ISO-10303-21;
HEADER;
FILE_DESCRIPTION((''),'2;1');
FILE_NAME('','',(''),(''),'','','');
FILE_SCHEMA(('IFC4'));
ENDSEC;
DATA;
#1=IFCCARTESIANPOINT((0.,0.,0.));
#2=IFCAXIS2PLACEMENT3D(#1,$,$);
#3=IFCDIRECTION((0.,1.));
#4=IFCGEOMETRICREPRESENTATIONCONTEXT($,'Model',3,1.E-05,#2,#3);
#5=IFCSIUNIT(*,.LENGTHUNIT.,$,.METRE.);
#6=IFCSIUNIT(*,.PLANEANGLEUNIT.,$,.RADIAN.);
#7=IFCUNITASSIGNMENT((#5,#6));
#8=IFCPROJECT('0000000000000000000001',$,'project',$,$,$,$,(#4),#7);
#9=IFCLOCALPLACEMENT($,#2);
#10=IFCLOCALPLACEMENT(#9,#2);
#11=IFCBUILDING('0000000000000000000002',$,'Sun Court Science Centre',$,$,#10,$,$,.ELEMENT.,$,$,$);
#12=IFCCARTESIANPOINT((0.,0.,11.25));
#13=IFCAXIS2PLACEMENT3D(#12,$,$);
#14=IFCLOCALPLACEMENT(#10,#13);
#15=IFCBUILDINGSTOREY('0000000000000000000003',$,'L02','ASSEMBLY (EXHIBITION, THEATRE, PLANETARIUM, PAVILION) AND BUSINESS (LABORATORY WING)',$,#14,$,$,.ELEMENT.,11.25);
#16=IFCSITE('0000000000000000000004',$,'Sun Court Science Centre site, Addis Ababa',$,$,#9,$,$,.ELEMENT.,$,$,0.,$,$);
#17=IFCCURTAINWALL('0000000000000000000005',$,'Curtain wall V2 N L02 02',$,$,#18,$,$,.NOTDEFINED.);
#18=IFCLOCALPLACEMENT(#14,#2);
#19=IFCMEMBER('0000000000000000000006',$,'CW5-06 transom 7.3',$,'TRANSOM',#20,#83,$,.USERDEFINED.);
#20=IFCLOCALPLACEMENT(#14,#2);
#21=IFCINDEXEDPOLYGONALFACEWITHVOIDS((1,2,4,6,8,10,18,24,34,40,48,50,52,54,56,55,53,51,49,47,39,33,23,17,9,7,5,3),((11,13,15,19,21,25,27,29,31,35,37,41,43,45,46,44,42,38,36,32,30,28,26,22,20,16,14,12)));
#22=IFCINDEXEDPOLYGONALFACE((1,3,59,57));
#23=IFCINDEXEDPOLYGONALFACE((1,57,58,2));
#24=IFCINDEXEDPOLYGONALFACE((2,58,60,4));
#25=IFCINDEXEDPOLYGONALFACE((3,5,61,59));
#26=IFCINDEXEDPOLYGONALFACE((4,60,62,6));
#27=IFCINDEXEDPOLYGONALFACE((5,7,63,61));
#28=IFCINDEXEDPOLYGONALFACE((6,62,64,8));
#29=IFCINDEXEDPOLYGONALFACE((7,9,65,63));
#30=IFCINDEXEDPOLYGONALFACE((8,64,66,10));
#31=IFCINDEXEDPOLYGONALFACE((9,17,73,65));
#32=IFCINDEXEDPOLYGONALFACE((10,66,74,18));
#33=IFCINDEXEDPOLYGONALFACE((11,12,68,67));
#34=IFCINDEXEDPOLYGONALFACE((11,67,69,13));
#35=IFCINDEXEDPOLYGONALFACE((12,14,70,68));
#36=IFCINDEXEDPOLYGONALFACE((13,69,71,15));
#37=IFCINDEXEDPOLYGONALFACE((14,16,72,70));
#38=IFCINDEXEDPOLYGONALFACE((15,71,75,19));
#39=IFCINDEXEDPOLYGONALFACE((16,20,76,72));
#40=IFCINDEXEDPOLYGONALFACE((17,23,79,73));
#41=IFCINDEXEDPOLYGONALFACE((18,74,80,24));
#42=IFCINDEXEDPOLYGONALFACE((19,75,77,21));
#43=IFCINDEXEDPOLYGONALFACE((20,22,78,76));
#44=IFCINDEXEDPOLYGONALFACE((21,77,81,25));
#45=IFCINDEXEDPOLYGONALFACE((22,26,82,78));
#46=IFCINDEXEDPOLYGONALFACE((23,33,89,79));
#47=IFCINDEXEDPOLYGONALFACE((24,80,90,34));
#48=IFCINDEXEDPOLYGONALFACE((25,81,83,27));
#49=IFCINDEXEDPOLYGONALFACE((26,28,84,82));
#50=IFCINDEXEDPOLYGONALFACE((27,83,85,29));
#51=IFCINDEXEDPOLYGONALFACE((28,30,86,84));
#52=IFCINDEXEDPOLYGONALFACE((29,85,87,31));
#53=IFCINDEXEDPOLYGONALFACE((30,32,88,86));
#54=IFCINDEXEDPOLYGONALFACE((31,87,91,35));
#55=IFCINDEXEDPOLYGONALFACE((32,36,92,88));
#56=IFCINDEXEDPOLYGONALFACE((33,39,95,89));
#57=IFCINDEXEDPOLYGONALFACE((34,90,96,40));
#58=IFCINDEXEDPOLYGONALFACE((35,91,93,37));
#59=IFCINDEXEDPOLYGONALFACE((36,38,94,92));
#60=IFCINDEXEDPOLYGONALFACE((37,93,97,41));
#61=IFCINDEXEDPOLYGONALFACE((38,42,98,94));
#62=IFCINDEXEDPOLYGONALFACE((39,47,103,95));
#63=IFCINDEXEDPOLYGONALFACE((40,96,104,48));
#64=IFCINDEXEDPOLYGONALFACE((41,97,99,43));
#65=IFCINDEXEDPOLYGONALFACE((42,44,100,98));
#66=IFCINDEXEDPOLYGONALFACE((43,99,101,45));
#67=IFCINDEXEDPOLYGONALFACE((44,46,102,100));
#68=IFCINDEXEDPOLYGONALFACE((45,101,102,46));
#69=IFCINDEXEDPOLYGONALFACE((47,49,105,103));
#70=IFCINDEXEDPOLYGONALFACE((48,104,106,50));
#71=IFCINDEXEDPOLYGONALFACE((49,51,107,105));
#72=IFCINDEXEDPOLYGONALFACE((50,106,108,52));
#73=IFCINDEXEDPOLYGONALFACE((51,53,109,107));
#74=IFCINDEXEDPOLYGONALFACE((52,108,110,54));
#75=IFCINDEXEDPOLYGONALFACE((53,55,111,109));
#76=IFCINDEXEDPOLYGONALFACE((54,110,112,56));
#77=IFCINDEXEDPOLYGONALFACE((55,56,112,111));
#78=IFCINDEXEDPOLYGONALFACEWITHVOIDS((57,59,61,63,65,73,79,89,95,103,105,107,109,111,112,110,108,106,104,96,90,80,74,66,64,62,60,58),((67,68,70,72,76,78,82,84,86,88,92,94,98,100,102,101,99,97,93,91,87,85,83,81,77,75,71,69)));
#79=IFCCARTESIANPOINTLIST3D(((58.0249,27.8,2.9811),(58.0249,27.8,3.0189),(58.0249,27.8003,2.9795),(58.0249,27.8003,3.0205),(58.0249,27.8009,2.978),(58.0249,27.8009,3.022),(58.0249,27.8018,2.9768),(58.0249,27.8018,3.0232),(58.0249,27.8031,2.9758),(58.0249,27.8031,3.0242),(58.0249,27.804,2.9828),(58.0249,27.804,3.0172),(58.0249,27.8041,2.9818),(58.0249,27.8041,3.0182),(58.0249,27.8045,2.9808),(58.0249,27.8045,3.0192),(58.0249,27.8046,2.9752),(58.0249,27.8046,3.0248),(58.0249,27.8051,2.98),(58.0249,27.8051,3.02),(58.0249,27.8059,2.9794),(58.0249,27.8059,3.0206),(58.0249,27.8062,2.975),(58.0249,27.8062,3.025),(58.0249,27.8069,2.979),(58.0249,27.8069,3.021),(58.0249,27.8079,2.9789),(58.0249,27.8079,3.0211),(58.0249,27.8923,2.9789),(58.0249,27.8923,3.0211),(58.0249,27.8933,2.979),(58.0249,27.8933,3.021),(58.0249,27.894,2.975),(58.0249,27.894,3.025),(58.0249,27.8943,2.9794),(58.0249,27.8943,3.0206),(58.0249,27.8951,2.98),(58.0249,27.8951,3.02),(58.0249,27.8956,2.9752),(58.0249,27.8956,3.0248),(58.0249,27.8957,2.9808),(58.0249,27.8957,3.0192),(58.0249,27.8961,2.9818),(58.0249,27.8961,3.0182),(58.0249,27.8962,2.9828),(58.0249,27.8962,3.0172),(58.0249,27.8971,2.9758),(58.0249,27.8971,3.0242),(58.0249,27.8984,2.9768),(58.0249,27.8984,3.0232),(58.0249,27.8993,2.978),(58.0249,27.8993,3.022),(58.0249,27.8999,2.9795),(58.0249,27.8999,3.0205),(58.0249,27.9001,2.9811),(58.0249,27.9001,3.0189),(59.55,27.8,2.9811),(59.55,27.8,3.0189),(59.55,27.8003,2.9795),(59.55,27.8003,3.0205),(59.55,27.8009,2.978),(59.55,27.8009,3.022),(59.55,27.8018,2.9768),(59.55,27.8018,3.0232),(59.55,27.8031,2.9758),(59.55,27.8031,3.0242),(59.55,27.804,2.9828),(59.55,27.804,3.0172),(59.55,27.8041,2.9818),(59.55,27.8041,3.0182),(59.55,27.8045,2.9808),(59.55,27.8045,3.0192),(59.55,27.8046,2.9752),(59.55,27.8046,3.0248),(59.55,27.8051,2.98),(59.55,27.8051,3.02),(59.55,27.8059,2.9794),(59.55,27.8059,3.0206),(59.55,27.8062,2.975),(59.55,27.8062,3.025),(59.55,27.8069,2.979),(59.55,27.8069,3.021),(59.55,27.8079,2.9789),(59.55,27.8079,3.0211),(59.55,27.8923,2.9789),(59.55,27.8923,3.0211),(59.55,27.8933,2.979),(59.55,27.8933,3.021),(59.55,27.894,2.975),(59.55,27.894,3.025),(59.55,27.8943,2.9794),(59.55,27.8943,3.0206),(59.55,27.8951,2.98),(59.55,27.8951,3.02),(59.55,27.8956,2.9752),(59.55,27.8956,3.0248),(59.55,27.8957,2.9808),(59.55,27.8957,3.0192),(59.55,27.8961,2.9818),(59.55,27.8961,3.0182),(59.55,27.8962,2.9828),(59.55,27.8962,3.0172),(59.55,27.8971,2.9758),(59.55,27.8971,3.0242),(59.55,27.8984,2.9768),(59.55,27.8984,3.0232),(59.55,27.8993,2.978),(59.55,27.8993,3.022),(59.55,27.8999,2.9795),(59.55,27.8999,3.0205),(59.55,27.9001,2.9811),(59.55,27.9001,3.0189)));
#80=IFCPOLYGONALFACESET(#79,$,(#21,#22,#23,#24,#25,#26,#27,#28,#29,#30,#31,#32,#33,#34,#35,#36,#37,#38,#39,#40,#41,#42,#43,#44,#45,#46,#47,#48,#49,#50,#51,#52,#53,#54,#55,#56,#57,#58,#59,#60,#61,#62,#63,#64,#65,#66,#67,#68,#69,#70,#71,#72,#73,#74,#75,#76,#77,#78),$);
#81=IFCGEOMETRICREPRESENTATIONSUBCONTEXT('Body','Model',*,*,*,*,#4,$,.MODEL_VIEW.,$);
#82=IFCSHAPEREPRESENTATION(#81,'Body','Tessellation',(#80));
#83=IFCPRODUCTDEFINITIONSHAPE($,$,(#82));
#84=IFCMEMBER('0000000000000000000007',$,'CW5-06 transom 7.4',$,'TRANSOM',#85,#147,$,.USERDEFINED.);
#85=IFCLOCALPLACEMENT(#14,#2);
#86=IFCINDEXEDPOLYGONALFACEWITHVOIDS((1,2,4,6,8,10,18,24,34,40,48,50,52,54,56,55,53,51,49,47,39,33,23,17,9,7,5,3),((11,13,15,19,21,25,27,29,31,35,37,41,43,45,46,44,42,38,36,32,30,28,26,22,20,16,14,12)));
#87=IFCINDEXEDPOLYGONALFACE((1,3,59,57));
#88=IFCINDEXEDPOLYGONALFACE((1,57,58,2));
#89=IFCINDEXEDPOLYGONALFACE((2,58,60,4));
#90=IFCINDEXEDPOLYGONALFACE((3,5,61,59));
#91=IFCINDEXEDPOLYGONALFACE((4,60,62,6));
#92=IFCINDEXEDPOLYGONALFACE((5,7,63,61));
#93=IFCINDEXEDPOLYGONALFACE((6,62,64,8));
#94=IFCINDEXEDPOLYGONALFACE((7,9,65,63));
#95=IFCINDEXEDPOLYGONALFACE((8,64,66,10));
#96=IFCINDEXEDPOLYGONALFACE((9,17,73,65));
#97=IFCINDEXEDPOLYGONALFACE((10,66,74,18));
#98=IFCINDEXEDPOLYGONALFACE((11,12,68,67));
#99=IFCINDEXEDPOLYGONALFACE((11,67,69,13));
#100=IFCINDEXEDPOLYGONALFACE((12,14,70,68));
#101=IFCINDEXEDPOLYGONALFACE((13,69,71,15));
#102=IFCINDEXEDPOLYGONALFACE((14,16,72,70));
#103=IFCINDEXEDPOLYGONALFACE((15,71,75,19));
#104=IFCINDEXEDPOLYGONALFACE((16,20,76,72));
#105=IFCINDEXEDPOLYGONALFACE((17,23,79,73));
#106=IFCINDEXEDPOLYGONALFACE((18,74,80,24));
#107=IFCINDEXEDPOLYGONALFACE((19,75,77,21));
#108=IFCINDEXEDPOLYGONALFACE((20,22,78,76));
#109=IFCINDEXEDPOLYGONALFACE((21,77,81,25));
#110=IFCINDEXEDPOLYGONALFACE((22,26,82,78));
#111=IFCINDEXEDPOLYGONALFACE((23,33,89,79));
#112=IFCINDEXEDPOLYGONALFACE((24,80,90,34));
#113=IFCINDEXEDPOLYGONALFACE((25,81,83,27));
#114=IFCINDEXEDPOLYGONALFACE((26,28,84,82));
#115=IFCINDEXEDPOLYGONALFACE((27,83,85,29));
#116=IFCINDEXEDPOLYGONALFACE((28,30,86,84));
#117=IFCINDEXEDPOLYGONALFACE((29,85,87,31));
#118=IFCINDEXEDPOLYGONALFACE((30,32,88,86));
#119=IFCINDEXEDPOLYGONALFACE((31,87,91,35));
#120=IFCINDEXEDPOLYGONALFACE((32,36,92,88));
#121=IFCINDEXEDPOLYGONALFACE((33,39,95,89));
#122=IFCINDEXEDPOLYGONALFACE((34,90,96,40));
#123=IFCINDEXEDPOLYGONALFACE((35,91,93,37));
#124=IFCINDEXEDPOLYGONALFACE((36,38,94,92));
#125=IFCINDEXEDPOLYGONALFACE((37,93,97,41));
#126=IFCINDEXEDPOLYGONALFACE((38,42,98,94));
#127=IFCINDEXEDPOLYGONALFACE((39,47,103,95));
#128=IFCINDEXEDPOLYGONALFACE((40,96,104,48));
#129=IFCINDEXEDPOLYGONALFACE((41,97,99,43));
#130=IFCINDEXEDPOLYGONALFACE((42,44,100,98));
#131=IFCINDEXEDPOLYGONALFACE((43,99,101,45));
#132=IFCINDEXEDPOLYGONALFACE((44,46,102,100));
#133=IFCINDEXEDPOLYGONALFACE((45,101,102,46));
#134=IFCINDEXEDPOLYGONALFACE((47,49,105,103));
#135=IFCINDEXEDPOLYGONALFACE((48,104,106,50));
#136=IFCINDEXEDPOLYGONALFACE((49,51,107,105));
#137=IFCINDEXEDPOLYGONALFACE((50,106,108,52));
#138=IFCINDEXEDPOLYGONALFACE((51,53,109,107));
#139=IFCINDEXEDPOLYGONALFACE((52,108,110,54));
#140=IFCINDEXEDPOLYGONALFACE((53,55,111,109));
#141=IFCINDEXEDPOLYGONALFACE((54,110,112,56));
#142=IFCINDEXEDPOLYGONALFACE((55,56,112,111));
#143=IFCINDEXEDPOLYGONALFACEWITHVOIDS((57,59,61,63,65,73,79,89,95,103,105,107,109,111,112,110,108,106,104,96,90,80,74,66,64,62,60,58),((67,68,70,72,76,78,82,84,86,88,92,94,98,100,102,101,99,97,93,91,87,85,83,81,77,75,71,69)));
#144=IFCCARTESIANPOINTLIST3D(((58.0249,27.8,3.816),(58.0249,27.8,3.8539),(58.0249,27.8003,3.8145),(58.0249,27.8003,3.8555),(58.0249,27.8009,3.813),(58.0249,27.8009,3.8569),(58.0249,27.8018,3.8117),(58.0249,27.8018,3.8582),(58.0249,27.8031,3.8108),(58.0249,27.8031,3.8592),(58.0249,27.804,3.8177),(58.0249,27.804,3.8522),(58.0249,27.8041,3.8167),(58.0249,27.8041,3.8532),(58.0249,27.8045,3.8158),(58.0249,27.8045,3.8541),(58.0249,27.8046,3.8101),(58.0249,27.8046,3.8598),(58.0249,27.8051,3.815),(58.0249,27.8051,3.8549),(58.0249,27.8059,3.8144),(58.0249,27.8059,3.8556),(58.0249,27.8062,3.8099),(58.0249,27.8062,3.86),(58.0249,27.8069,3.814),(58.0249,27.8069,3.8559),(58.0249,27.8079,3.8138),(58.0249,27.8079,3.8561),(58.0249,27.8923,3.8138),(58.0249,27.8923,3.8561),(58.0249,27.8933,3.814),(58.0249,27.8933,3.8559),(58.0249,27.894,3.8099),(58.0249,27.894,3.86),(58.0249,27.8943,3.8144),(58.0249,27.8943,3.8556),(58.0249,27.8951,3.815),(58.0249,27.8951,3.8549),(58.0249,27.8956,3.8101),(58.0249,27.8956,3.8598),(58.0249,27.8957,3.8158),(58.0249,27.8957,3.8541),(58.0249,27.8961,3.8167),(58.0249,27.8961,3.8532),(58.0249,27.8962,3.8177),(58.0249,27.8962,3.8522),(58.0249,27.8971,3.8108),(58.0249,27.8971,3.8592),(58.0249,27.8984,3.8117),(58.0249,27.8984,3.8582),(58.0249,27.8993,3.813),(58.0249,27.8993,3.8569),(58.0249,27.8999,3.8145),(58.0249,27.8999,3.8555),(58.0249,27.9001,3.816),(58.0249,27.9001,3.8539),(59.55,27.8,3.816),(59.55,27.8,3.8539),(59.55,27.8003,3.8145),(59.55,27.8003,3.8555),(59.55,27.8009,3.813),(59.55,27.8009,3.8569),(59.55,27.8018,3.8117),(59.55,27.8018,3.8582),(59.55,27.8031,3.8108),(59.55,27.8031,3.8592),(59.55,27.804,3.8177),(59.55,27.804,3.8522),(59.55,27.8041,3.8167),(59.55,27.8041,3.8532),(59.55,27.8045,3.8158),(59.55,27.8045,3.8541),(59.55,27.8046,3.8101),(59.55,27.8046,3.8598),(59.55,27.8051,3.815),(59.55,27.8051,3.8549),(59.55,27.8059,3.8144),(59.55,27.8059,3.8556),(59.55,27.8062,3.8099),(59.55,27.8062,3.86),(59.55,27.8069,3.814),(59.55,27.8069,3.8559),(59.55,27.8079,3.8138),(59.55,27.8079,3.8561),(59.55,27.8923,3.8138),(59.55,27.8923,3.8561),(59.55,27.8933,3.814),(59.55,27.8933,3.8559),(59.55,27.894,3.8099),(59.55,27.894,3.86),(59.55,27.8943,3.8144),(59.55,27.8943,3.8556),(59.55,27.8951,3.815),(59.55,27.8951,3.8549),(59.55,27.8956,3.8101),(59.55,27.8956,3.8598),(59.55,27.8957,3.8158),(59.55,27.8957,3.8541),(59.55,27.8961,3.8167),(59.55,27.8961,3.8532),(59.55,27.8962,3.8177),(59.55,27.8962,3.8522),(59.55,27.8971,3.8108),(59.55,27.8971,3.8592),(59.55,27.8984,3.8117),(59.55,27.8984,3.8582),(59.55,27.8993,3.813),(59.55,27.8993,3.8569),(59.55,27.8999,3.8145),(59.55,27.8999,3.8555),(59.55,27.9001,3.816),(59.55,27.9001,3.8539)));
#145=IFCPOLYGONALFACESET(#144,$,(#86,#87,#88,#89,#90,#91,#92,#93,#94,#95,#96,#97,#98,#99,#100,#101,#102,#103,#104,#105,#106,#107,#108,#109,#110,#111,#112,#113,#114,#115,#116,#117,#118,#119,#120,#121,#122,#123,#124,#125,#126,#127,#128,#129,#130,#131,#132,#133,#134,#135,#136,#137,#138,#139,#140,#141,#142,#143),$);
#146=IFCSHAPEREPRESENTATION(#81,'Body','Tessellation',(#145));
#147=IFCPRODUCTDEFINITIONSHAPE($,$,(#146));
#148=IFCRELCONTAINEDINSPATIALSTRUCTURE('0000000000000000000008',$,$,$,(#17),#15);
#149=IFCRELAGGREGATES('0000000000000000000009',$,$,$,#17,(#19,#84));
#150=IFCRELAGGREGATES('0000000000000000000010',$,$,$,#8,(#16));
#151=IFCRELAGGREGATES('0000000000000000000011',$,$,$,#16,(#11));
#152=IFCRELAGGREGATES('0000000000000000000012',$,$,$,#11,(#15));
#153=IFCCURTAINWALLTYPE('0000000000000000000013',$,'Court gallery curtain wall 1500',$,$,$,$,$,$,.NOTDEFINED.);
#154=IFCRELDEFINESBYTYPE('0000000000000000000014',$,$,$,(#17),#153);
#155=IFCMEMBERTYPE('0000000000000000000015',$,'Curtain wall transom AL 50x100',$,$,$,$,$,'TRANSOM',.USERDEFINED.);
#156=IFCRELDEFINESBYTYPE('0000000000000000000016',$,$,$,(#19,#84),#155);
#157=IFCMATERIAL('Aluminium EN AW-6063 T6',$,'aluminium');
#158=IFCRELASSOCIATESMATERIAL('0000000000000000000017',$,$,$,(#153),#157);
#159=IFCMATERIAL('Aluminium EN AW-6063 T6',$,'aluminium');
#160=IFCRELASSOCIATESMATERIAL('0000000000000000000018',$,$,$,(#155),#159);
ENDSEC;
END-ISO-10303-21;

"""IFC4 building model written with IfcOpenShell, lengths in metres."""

from ifc_helpers import new_model, si_unit, direction, frame, origin, origin_2d, place, context, subcontext, project, spatial, hollow_rectangle, extrude, material, material_profile, profile_set, type_object, element, aggregate, save


model = new_model("IFC4")

# Units and contexts
model_context = context("Model", 3, precision=1e-05, world=origin(), true_north=direction((0.0, 1.0)))
body_context = subcontext(model_context, "Body", "Model", "MODEL_VIEW")
ifc_project = project(units=[si_unit("LENGTHUNIT", "METRE"), si_unit("PLANEANGLEUNIT", "RADIAN")], contexts=[model_context])

# Site, building, storey
site_placement = place(None, origin())
site = spatial("IfcSite", under=ifc_project, at=site_placement, Name="Sun Court Science Centre site, Addis Ababa", CompositionType="ELEMENT", RefElevation=0.0)
building_placement = place(site_placement, origin())
building = spatial("IfcBuilding", under=site, at=building_placement, Name="Sun Court Science Centre", CompositionType="ELEMENT")
storey_placement = place(building_placement, frame((0.0, 0.0, 11.25)))
storey = spatial("IfcBuildingStorey", under=building, at=storey_placement, Name="L02", Description="ASSEMBLY (EXHIBITION, THEATRE, PLANETARIUM, PAVILION) AND BUSINESS (LABORATORY WING)", CompositionType="ELEMENT", Elevation=11.25)

# Curtain wall
ifc_material_1 = material(Name="Aluminium EN AW-6063 T6", Category="aluminium")
curtain_wall_type_1 = type_object("IfcCurtainWallType", Name="Court gallery curtain wall 1500", PredefinedType="NOTDEFINED", material=ifc_material_1)
curtain_wall_1_placement = place(storey_placement, origin())
curtain_wall_1 = element("IfcCurtainWall", 1, at=curtain_wall_1_placement, inside=storey, type_object=curtain_wall_type_1, Name="Curtain wall V2 N L02 02", PredefinedType="NOTDEFINED")

# Members
ifc_material_2 = material(Name="Aluminium EN AW-6063 T6", Category="aluminium")
ifc_material_profile_1 = material_profile(ifc_material_2, hollow_rectangle(XDim=0.05, YDim=0.1001, WallThickness=0.0039, InnerFilletRadius=0.0039, OuterFilletRadius=0.0061, at=origin_2d()), Name="AL 50x100x4")
ifc_profile_set_1 = profile_set([ifc_material_profile_1], Name="Aluminium EN AW-6063 T6")
member_type_1 = type_object("IfcMemberType", Name="Curtain wall transom AL 50x100", ElementType="TRANSOM", PredefinedType="USERDEFINED", material=ifc_profile_set_1)
member_1_placement = place(storey_placement, frame((58.0249, 27.8501, 3.0), z_axis=(1.0, 0.0, 0.0), x_axis=(0.0, 0.0, 1.0)))
member_1 = element("IfcMember", 2, at=member_1_placement, type_object=member_type_1, Name="CW5-06 transom 7.3", ObjectType="TRANSOM", PredefinedType="USERDEFINED", context=body_context, shape_type="SweptSolid", body=[
    extrude(hollow_rectangle(XDim=0.05, YDim=0.1001, WallThickness=0.0039, InnerFilletRadius=0.0039, OuterFilletRadius=0.0061, at=origin_2d()), origin(), (0.0, 0.0, 1.0), 1.5251),
])
member_2_placement = place(storey_placement, frame((58.0249, 27.8501, 3.835), z_axis=(1.0, 0.0, 0.0), x_axis=(0.0, 0.0, 1.0)))
member_2 = element("IfcMember", 3, at=member_2_placement, type_object=member_type_1, Name="CW5-06 transom 7.4", ObjectType="TRANSOM", PredefinedType="USERDEFINED", context=body_context, shape_type="SweptSolid", body=[
    extrude(hollow_rectangle(XDim=0.05, YDim=0.1001, WallThickness=0.0039, InnerFilletRadius=0.0039, OuterFilletRadius=0.0061, at=origin_2d()), origin(), (0.0, 0.0, 1.0), 1.5251),
])

aggregate(curtain_wall_1, [member_1, member_2])

save(model, "model.ifc")
